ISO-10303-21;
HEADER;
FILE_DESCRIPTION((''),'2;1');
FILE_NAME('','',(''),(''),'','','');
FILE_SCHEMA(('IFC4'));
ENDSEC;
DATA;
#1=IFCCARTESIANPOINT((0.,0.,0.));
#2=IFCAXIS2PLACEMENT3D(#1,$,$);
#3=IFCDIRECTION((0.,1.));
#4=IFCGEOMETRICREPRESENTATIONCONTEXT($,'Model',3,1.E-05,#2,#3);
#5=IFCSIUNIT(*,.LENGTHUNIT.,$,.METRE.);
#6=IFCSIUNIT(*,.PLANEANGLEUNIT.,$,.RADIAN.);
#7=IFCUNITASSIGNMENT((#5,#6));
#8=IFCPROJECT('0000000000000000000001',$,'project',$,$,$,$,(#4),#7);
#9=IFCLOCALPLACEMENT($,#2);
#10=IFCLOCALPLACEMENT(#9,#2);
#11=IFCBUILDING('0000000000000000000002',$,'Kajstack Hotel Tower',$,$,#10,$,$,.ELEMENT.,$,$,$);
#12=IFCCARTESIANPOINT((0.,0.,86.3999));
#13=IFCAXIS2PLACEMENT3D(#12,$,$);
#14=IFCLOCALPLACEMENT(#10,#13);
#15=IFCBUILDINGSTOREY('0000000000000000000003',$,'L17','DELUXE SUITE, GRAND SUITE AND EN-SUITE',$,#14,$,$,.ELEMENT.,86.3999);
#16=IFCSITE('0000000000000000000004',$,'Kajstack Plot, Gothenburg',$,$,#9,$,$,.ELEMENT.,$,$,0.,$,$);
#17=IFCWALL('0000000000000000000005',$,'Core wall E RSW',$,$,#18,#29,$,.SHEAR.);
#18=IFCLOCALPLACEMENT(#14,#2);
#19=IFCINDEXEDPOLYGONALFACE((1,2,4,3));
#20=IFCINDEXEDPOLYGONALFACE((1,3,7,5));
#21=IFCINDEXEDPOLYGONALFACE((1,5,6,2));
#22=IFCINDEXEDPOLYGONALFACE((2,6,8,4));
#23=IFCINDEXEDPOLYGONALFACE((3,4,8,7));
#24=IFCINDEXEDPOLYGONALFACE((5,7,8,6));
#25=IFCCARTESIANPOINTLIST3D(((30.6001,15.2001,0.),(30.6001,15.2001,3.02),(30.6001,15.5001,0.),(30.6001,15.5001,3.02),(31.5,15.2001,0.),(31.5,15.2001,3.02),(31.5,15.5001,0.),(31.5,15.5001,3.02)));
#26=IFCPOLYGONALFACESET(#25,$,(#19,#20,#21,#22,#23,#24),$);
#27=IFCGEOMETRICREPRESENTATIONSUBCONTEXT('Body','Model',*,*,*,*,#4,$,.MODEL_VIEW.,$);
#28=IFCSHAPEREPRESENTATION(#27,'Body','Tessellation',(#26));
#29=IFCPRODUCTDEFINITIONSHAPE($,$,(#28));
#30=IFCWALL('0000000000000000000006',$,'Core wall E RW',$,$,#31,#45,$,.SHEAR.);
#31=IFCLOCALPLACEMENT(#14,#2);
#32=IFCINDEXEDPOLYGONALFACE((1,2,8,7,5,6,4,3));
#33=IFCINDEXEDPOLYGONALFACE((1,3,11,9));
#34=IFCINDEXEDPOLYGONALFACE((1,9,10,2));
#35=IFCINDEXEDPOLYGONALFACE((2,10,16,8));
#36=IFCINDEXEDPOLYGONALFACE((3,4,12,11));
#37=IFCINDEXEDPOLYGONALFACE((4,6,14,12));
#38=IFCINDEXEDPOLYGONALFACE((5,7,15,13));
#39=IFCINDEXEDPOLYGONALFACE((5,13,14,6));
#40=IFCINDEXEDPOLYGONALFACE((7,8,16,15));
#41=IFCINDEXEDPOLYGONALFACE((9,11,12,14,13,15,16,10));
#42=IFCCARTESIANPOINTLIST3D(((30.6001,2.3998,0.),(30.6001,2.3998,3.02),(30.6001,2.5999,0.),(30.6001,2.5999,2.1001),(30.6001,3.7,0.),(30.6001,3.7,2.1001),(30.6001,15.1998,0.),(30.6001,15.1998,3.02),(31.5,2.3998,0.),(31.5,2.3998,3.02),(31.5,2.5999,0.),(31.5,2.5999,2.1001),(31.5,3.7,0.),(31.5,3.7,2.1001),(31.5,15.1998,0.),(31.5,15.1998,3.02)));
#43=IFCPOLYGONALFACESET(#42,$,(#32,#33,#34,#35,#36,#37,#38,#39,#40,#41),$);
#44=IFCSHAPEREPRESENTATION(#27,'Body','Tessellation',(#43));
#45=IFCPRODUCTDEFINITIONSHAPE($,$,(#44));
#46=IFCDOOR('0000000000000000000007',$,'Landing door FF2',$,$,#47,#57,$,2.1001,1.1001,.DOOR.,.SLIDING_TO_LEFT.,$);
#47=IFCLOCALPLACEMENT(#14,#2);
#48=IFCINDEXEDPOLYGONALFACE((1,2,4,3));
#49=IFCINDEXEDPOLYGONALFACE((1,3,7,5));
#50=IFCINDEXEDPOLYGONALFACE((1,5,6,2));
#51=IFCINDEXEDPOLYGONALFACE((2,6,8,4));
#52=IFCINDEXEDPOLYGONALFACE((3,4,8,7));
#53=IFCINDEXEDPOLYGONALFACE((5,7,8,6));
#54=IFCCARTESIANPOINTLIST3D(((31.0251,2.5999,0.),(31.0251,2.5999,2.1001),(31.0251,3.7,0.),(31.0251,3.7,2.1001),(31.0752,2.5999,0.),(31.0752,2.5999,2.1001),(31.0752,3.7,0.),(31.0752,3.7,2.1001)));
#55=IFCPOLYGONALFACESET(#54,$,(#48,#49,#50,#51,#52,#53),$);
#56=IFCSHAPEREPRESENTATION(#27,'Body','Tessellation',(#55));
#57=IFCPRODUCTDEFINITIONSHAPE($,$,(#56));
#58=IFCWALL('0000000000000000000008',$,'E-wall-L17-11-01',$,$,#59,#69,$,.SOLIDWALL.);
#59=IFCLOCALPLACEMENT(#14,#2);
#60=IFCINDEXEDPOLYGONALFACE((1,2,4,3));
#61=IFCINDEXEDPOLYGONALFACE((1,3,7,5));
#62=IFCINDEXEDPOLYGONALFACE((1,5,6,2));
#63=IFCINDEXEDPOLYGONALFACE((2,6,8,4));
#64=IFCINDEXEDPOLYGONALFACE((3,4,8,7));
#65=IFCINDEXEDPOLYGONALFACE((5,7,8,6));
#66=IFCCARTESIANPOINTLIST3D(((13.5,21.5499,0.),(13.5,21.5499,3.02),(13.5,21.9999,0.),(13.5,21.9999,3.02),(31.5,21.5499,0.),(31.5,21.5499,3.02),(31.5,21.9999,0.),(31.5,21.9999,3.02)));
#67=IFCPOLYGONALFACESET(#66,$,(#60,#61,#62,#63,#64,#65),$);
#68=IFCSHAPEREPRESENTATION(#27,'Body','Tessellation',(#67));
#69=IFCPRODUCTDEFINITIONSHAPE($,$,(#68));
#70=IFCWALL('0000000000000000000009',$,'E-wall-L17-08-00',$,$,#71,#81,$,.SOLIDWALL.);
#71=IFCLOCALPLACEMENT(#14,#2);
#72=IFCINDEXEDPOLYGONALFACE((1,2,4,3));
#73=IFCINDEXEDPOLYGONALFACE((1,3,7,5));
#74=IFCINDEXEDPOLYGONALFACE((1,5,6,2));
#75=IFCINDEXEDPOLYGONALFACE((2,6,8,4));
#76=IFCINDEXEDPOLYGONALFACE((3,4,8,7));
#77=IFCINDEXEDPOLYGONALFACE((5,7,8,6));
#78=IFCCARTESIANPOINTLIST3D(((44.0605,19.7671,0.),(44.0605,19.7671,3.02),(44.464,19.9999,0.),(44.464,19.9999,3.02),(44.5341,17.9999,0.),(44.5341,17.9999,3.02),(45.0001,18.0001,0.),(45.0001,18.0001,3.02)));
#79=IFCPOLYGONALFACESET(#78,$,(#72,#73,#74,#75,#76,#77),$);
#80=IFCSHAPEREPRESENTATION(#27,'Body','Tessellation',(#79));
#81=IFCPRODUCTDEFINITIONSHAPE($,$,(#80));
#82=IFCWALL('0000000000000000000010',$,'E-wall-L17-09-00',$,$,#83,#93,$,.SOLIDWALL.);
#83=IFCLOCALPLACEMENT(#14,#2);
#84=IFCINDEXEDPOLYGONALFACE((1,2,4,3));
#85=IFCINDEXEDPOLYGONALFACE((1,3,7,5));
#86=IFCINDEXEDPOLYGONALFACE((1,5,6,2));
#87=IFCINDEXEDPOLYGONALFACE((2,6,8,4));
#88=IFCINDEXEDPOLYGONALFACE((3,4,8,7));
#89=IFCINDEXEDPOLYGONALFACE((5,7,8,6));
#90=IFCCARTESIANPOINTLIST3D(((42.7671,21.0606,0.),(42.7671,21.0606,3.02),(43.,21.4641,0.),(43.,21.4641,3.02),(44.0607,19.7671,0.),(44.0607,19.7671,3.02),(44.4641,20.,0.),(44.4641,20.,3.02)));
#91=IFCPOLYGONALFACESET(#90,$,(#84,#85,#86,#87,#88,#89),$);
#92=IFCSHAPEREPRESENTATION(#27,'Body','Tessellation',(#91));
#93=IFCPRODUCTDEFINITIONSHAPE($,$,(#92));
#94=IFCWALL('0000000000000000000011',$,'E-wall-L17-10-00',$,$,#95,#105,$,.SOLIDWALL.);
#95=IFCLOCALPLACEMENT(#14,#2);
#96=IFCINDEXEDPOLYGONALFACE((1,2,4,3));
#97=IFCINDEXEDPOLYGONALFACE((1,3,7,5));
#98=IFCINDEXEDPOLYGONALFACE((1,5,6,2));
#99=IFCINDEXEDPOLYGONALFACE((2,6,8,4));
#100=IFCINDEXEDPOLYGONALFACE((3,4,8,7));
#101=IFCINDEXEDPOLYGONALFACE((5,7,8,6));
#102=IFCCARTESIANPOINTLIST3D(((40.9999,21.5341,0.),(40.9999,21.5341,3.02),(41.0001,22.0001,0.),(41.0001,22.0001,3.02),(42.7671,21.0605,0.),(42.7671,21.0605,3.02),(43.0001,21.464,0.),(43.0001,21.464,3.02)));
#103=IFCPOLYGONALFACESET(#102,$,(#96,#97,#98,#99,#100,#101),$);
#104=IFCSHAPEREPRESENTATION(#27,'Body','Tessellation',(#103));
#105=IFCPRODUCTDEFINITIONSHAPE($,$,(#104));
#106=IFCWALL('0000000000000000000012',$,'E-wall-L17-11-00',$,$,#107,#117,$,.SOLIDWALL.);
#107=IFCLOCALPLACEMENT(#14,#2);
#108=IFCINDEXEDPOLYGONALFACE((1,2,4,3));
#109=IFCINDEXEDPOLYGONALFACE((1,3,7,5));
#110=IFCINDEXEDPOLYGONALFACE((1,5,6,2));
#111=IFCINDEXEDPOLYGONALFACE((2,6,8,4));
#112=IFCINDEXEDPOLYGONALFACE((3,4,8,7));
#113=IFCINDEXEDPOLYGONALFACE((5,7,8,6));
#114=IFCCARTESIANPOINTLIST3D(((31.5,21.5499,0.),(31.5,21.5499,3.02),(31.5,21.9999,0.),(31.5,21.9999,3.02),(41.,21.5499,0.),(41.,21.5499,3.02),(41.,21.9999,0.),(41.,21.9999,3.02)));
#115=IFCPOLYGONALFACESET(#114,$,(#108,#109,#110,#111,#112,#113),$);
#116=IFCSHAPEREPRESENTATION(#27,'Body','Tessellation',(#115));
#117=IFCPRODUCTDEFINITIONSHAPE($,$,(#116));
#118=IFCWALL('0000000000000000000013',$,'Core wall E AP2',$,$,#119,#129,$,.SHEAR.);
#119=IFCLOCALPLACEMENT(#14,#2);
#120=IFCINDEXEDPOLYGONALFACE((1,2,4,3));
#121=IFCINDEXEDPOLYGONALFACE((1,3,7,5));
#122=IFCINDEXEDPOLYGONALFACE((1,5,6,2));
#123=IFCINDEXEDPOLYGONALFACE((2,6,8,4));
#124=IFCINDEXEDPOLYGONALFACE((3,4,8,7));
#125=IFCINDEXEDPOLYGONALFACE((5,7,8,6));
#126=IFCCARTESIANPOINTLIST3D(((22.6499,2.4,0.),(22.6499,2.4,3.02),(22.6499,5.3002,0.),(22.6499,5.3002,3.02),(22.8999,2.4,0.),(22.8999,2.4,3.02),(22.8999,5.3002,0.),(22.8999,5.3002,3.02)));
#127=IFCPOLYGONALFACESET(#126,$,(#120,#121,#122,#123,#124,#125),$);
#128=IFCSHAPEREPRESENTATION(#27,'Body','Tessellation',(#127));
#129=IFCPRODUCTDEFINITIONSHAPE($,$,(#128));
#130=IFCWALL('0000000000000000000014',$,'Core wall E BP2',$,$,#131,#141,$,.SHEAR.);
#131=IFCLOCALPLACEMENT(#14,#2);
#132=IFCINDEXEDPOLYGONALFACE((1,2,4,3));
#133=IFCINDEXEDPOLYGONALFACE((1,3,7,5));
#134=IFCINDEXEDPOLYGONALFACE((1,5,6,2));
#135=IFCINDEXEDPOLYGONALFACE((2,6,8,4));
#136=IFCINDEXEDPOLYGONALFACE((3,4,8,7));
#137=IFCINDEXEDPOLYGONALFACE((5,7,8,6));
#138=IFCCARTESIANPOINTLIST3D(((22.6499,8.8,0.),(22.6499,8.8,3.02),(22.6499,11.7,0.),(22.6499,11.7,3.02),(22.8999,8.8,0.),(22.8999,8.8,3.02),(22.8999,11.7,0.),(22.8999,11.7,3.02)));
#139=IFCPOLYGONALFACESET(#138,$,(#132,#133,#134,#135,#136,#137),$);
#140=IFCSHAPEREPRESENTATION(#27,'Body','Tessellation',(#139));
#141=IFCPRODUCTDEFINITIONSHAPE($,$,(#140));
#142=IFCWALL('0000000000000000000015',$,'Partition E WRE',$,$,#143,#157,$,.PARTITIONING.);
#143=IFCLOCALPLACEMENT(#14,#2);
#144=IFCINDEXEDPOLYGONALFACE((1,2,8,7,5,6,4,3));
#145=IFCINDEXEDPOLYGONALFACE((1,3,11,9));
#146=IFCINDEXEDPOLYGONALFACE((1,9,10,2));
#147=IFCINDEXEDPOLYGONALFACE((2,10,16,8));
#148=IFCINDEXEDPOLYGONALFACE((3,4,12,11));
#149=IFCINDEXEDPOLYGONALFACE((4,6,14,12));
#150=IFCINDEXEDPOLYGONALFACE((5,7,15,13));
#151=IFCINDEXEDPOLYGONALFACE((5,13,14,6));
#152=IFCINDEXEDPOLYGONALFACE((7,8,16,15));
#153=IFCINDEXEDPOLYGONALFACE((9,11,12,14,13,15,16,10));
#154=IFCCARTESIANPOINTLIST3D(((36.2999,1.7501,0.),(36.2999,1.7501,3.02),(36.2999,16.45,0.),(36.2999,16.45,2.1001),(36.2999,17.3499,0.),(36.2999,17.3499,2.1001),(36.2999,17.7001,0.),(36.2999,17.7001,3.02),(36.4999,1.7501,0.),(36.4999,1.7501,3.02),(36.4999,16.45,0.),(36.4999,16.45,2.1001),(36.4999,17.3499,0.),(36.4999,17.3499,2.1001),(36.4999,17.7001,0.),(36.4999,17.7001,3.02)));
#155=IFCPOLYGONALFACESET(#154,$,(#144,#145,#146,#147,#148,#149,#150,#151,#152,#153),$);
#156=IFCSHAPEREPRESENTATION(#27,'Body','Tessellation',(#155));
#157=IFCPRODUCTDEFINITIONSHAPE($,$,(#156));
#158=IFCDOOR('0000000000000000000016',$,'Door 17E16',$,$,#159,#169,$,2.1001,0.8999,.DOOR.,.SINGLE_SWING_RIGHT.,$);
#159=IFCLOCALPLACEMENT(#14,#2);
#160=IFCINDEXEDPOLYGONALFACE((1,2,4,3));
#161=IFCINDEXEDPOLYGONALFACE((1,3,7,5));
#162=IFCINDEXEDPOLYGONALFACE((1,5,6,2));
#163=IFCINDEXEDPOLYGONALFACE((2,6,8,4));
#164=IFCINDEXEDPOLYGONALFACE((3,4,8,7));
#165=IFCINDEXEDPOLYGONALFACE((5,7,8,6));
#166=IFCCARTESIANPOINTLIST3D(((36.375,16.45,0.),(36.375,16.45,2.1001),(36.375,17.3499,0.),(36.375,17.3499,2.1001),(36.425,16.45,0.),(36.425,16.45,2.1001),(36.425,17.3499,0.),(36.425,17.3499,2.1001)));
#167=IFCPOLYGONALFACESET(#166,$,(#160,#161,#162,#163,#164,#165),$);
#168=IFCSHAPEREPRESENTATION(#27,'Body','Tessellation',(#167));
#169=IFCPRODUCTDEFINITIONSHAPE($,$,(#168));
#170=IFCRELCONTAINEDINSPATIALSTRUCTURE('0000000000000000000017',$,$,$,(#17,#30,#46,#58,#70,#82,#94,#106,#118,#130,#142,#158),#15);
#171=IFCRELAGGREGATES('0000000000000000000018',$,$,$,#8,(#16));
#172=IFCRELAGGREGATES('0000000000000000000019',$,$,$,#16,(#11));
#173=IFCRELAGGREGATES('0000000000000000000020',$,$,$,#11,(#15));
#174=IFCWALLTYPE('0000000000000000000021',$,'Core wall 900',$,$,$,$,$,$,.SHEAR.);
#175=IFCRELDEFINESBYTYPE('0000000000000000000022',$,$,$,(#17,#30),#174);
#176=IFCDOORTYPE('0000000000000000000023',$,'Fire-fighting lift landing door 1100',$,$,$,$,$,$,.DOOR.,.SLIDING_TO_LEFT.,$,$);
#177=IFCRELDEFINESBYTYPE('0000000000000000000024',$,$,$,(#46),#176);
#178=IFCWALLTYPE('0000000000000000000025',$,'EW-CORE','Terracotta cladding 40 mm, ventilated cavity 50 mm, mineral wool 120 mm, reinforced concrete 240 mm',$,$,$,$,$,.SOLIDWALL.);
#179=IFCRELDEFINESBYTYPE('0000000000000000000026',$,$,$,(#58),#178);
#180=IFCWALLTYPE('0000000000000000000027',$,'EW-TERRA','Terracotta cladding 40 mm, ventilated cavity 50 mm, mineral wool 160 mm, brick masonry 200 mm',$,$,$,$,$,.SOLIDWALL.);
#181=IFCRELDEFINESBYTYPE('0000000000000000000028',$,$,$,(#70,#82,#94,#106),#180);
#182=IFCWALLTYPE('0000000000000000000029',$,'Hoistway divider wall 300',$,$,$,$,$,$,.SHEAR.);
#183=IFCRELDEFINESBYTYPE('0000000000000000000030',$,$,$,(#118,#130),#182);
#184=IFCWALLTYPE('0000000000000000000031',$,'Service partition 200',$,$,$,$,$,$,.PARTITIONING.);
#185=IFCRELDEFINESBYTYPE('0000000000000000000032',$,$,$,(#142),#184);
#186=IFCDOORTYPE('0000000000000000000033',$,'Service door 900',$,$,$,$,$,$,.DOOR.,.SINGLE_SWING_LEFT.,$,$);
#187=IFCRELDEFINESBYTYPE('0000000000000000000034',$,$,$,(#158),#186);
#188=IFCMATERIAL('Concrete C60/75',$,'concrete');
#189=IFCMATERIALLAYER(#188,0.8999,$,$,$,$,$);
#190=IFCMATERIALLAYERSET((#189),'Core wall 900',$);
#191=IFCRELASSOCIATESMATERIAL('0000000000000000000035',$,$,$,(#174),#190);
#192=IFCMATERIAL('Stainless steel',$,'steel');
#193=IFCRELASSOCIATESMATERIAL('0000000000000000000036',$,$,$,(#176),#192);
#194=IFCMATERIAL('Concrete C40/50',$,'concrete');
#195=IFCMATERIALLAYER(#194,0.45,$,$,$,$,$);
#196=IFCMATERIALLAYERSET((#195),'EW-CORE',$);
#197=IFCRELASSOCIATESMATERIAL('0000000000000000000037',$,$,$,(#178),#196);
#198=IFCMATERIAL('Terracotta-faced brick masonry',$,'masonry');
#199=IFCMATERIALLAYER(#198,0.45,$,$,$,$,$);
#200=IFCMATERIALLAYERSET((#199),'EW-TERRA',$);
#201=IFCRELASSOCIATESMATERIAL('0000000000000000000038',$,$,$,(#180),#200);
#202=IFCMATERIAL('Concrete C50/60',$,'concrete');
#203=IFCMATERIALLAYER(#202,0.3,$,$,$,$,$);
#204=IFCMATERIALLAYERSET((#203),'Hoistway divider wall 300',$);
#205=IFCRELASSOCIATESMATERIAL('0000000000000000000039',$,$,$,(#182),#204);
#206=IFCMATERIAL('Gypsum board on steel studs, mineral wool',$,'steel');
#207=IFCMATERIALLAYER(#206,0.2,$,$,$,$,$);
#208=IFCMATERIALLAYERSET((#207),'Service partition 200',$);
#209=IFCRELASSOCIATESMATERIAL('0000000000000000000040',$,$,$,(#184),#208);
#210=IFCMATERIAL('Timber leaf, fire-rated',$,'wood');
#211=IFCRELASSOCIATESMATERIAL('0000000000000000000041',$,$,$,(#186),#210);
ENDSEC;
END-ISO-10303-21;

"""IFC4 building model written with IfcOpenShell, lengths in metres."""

from ifc_helpers import new_model, si_unit, direction, frame, frame_2d, origin, place, context, subcontext, project, spatial, polyline, rectangle, outline, extrude, material, layer, layer_set, type_object, element, fill, save


model = new_model("IFC4")

# Units and contexts
model_context = context("Model", 3, precision=1e-05, world=origin(), true_north=direction((0.0, 1.0)))
body_context = subcontext(model_context, "Body", "Model", "MODEL_VIEW")
ifc_project = project(units=[si_unit("LENGTHUNIT", "METRE"), si_unit("PLANEANGLEUNIT", "RADIAN")], contexts=[model_context])

# Site, building, storey
site_placement = place(None, origin())
site = spatial("IfcSite", under=ifc_project, at=site_placement, Name="Kajstack Plot, Gothenburg", CompositionType="ELEMENT", RefElevation=0.0)
building_placement = place(site_placement, origin())
building = spatial("IfcBuilding", under=site, at=building_placement, Name="Kajstack Hotel Tower", CompositionType="ELEMENT")
storey_placement = place(building_placement, frame((0.0, 0.0, 86.3999)))
storey = spatial("IfcBuildingStorey", under=building, at=storey_placement, Name="L17", Description="DELUXE SUITE, GRAND SUITE AND EN-SUITE", CompositionType="ELEMENT", Elevation=86.3999)

# Wall
ifc_material_1 = material(Name="Concrete C60/75", Category="concrete")
ifc_layer_1 = layer(ifc_material_1, 0.8999)
ifc_layer_set_1 = layer_set([ifc_layer_1], Name="Core wall 900")
wall_type_1 = type_object("IfcWallType", Name="Core wall 900", PredefinedType="SHEAR", material=ifc_layer_set_1)
wall_1_placement = place(storey_placement, frame((30.6001, 15.3501, 0.0), z_axis=(0.0, 0.0, 1.0), x_axis=(1.0, 0.0, 0.0)))
element("IfcWall", 1, at=wall_1_placement, inside=storey, type_object=wall_type_1, Name="Core wall E RSW", PredefinedType="SHEAR", context=body_context, shape_type="SweptSolid", body=[
    extrude(rectangle(XDim=0.8999, YDim=0.3, at=frame_2d((0.45, 0.0))), origin(), (0.0, 0.0, 1.0), 3.02),
])

# Wall, opening, door
wall_2_placement = place(storey_placement, frame((31.05, 2.3999, 0.0), z_axis=(0.0, 0.0, 1.0), x_axis=(0.0, 1.0, 0.0)))
wall_2 = element("IfcWall", 2, at=wall_2_placement, inside=storey, type_object=wall_type_1, Name="Core wall E RW", PredefinedType="SHEAR", context=body_context, shape_type="SweptSolid", body=[
    extrude(rectangle(XDim=12.8, YDim=0.8999, at=frame_2d((6.3999, 0.0))), origin(), (0.0, 0.0, 1.0), 3.02),
])
opening_1_placement = place(wall_2_placement, frame((0.2, 0.0, 0.0)))
opening_1 = element("IfcOpeningElement", 3, at=opening_1_placement, cuts=wall_2, PredefinedType="OPENING", context=body_context, shape_type="SweptSolid", body=[
    extrude(rectangle(XDim=1.1001, YDim=2.1001, at=frame_2d((0.55, 1.05))), frame((0.0, 0.46, 0.0), z_axis=(0.0, -1.0, 0.0), x_axis=(1.0, 0.0, 0.0)), (0.0, 0.0, 1.0), 0.9199),
])
ifc_material_2 = material(Name="Stainless steel", Category="steel")
door_type_1 = type_object("IfcDoorType", Name="Fire-fighting lift landing door 1100", OperationType="SLIDING_TO_LEFT", PredefinedType="DOOR", material=ifc_material_2)
door_1_placement = place(opening_1_placement, origin())
door_1 = element("IfcDoor", 4, at=door_1_placement, inside=storey, type_object=door_type_1, Name="Landing door FF2", OperationType="SLIDING_TO_LEFT", OverallHeight=2.1001, OverallWidth=1.1001, PredefinedType="DOOR", context=body_context, shape_type="SweptSolid", body=[
    extrude(rectangle(XDim=1.1001, YDim=2.1001, at=frame_2d((0.55, 1.05))), frame((0.0, 0.0249, 0.0), z_axis=(0.0, -1.0, 0.0), x_axis=(1.0, 0.0, 0.0)), (0.0, 0.0, 1.0), 0.05),
])
fill(opening_1, door_1)

# Walls
ifc_material_3 = material(Name="Concrete C40/50", Category="concrete")
ifc_layer_2 = layer(ifc_material_3, 0.45)
ifc_layer_set_2 = layer_set([ifc_layer_2], Name="EW-CORE")
wall_type_2 = type_object("IfcWallType", Name="EW-CORE", Description="Terracotta cladding 40 mm, ventilated cavity 50 mm, mineral wool 120 mm, reinforced concrete 240 mm", PredefinedType="SOLIDWALL", material=ifc_layer_set_2)
wall_3_placement = place(storey_placement, frame((31.5, 21.7749, 0.0), z_axis=(0.0, 0.0, 1.0), x_axis=(-1.0, 0.0, 0.0)))
element("IfcWall", 5, at=wall_3_placement, inside=storey, type_object=wall_type_2, Name="E-wall-L17-11-01", PredefinedType="SOLIDWALL", context=body_context, shape_type="SweptSolid", body=[
    extrude(rectangle(XDim=18.0, YDim=0.45, at=frame_2d((9.0, 0.0))), origin(), (0.0, 0.0, 1.0), 3.02),
])
ifc_material_4 = material(Name="Terracotta-faced brick masonry", Category="masonry")
ifc_layer_3 = layer(ifc_material_4, 0.45)
ifc_layer_set_3 = layer_set([ifc_layer_3], Name="EW-TERRA")
wall_type_3 = type_object("IfcWallType", Name="EW-TERRA", Description="Terracotta cladding 40 mm, ventilated cavity 50 mm, mineral wool 160 mm, brick masonry 200 mm", PredefinedType="SOLIDWALL", material=ifc_layer_set_3)
wall_4_placement = place(storey_placement, frame((44.7827, 17.9417, 0.0), z_axis=(0.0, 0.0, 1.0), x_axis=(-0.258815, 0.965927, 0.0)))
element("IfcWall", 6, at=wall_4_placement, inside=storey, type_object=wall_type_3, Name="E-wall-L17-08-00", PredefinedType="SOLIDWALL", context=body_context, shape_type="SweptSolid", body=[
    extrude(outline(polyline([(0.0002, -0.2251), (2.0706, -0.2249), (1.9502, 0.2251), (0.1206, 0.2251), (0.0002, -0.2251)])), origin(), (0.0, 0.0, 1.0), 3.02),
])
wall_5_placement = place(storey_placement, frame((44.3049, 19.8408, 0.0), z_axis=(0.0, 0.0, 1.0), x_axis=(-0.707107, 0.707107, 0.0)))
element("IfcWall", 7, at=wall_5_placement, inside=storey, type_object=wall_type_3, Name="E-wall-L17-09-00", PredefinedType="SOLIDWALL", context=body_context, shape_type="SweptSolid", body=[
    extrude(outline(polyline([(0.0, -0.2251), (2.0706, -0.2251), (1.95, 0.2249), (0.1206, 0.2249), (0.0, -0.2251)])), origin(), (0.0, 0.0, 1.0), 3.02),
])
wall_6_placement = place(storey_placement, frame((42.9417, 21.2468, 0.0), z_axis=(0.0, 0.0, 1.0), x_axis=(-0.965927, 0.258815, 0.0)))
element("IfcWall", 8, at=wall_6_placement, inside=storey, type_object=wall_type_3, Name="E-wall-L17-10-00", PredefinedType="SOLIDWALL", context=body_context, shape_type="SweptSolid", body=[
    extrude(outline(polyline([(-0.0002, -0.2249), (2.0703, -0.2251), (1.95, 0.2251), (0.1204, 0.2251), (-0.0002, -0.2249)])), origin(), (0.0, 0.0, 1.0), 3.02),
])
wall_7_placement = place(storey_placement, frame((41.0, 21.7749, 0.0), z_axis=(0.0, 0.0, 1.0), x_axis=(-1.0, 0.0, 0.0)))
element("IfcWall", 9, at=wall_7_placement, inside=storey, type_object=wall_type_3, Name="E-wall-L17-11-00", PredefinedType="SOLIDWALL", context=body_context, shape_type="SweptSolid", body=[
    extrude(rectangle(XDim=9.5, YDim=0.45, at=frame_2d((4.75, 0.0))), origin(), (0.0, 0.0, 1.0), 3.02),
])
ifc_material_5 = material(Name="Concrete C50/60", Category="concrete")
ifc_layer_4 = layer(ifc_material_5, 0.3)
ifc_layer_set_4 = layer_set([ifc_layer_4], Name="Hoistway divider wall 300")
wall_type_4 = type_object("IfcWallType", Name="Hoistway divider wall 300", PredefinedType="SHEAR", material=ifc_layer_set_4)
wall_8_placement = place(storey_placement, frame((22.7749, 2.3999, 0.0), z_axis=(0.0, 0.0, 1.0), x_axis=(0.0, 1.0, 0.0)))
element("IfcWall", 10, at=wall_8_placement, inside=storey, type_object=wall_type_4, Name="Core wall E AP2", PredefinedType="SHEAR", context=body_context, shape_type="SweptSolid", body=[
    extrude(rectangle(XDim=2.9001, YDim=0.25, at=frame_2d((1.4502, 0.0))), origin(), (0.0, 0.0, 1.0), 3.02),
])
wall_9_placement = place(storey_placement, frame((22.7749, 8.8, 0.0), z_axis=(0.0, 0.0, 1.0), x_axis=(0.0, 1.0, 0.0)))
element("IfcWall", 11, at=wall_9_placement, inside=storey, type_object=wall_type_4, Name="Core wall E BP2", PredefinedType="SHEAR", context=body_context, shape_type="SweptSolid", body=[
    extrude(rectangle(XDim=2.8999, YDim=0.25, at=frame_2d((1.45, 0.0))), origin(), (0.0, 0.0, 1.0), 3.02),
])

# Wall, opening, door
ifc_material_6 = material(Name="Gypsum board on steel studs, mineral wool", Category="steel")
ifc_layer_5 = layer(ifc_material_6, 0.2)
ifc_layer_set_5 = layer_set([ifc_layer_5], Name="Service partition 200")
wall_type_5 = type_object("IfcWallType", Name="Service partition 200", PredefinedType="PARTITIONING", material=ifc_layer_set_5)
wall_10_placement = place(storey_placement, frame((36.3999, 1.75, 0.0), z_axis=(0.0, 0.0, 1.0), x_axis=(0.0, 1.0, 0.0)))
wall_10 = element("IfcWall", 12, at=wall_10_placement, inside=storey, type_object=wall_type_5, Name="Partition E WRE", PredefinedType="PARTITIONING", context=body_context, shape_type="SweptSolid", body=[
    extrude(rectangle(XDim=15.95, YDim=0.2, at=frame_2d((7.9751, 0.0))), origin(), (0.0, 0.0, 1.0), 3.02),
])
opening_2_placement = place(wall_10_placement, frame((14.7, 0.0, 0.0)))
opening_2 = element("IfcOpeningElement", 13, at=opening_2_placement, cuts=wall_10, PredefinedType="OPENING", context=body_context, shape_type="SweptSolid", body=[
    extrude(rectangle(XDim=0.8999, YDim=2.1001, at=frame_2d((0.45, 1.05))), frame((0.0, 0.1099, 0.0), z_axis=(0.0, -1.0, 0.0), x_axis=(1.0, 0.0, 0.0)), (0.0, 0.0, 1.0), 0.22),
])
ifc_material_7 = material(Name="Timber leaf, fire-rated", Category="wood")
door_type_2 = type_object("IfcDoorType", Name="Service door 900", OperationType="SINGLE_SWING_LEFT", PredefinedType="DOOR", material=ifc_material_7)
door_2_placement = place(opening_2_placement, origin())
door_2 = element("IfcDoor", 14, at=door_2_placement, inside=storey, type_object=door_type_2, Name="Door 17E16", OperationType="SINGLE_SWING_RIGHT", OverallHeight=2.1001, OverallWidth=0.8999, PredefinedType="DOOR", context=body_context, shape_type="SweptSolid", body=[
    extrude(rectangle(XDim=0.8999, YDim=2.1001, at=frame_2d((0.45, 1.05))), frame((0.0, 0.0249, 0.0), z_axis=(0.0, -1.0, 0.0), x_axis=(1.0, 0.0, 0.0)), (0.0, 0.0, 1.0), 0.05),
])
fill(opening_2, door_2)

save(model, "model.ifc")
